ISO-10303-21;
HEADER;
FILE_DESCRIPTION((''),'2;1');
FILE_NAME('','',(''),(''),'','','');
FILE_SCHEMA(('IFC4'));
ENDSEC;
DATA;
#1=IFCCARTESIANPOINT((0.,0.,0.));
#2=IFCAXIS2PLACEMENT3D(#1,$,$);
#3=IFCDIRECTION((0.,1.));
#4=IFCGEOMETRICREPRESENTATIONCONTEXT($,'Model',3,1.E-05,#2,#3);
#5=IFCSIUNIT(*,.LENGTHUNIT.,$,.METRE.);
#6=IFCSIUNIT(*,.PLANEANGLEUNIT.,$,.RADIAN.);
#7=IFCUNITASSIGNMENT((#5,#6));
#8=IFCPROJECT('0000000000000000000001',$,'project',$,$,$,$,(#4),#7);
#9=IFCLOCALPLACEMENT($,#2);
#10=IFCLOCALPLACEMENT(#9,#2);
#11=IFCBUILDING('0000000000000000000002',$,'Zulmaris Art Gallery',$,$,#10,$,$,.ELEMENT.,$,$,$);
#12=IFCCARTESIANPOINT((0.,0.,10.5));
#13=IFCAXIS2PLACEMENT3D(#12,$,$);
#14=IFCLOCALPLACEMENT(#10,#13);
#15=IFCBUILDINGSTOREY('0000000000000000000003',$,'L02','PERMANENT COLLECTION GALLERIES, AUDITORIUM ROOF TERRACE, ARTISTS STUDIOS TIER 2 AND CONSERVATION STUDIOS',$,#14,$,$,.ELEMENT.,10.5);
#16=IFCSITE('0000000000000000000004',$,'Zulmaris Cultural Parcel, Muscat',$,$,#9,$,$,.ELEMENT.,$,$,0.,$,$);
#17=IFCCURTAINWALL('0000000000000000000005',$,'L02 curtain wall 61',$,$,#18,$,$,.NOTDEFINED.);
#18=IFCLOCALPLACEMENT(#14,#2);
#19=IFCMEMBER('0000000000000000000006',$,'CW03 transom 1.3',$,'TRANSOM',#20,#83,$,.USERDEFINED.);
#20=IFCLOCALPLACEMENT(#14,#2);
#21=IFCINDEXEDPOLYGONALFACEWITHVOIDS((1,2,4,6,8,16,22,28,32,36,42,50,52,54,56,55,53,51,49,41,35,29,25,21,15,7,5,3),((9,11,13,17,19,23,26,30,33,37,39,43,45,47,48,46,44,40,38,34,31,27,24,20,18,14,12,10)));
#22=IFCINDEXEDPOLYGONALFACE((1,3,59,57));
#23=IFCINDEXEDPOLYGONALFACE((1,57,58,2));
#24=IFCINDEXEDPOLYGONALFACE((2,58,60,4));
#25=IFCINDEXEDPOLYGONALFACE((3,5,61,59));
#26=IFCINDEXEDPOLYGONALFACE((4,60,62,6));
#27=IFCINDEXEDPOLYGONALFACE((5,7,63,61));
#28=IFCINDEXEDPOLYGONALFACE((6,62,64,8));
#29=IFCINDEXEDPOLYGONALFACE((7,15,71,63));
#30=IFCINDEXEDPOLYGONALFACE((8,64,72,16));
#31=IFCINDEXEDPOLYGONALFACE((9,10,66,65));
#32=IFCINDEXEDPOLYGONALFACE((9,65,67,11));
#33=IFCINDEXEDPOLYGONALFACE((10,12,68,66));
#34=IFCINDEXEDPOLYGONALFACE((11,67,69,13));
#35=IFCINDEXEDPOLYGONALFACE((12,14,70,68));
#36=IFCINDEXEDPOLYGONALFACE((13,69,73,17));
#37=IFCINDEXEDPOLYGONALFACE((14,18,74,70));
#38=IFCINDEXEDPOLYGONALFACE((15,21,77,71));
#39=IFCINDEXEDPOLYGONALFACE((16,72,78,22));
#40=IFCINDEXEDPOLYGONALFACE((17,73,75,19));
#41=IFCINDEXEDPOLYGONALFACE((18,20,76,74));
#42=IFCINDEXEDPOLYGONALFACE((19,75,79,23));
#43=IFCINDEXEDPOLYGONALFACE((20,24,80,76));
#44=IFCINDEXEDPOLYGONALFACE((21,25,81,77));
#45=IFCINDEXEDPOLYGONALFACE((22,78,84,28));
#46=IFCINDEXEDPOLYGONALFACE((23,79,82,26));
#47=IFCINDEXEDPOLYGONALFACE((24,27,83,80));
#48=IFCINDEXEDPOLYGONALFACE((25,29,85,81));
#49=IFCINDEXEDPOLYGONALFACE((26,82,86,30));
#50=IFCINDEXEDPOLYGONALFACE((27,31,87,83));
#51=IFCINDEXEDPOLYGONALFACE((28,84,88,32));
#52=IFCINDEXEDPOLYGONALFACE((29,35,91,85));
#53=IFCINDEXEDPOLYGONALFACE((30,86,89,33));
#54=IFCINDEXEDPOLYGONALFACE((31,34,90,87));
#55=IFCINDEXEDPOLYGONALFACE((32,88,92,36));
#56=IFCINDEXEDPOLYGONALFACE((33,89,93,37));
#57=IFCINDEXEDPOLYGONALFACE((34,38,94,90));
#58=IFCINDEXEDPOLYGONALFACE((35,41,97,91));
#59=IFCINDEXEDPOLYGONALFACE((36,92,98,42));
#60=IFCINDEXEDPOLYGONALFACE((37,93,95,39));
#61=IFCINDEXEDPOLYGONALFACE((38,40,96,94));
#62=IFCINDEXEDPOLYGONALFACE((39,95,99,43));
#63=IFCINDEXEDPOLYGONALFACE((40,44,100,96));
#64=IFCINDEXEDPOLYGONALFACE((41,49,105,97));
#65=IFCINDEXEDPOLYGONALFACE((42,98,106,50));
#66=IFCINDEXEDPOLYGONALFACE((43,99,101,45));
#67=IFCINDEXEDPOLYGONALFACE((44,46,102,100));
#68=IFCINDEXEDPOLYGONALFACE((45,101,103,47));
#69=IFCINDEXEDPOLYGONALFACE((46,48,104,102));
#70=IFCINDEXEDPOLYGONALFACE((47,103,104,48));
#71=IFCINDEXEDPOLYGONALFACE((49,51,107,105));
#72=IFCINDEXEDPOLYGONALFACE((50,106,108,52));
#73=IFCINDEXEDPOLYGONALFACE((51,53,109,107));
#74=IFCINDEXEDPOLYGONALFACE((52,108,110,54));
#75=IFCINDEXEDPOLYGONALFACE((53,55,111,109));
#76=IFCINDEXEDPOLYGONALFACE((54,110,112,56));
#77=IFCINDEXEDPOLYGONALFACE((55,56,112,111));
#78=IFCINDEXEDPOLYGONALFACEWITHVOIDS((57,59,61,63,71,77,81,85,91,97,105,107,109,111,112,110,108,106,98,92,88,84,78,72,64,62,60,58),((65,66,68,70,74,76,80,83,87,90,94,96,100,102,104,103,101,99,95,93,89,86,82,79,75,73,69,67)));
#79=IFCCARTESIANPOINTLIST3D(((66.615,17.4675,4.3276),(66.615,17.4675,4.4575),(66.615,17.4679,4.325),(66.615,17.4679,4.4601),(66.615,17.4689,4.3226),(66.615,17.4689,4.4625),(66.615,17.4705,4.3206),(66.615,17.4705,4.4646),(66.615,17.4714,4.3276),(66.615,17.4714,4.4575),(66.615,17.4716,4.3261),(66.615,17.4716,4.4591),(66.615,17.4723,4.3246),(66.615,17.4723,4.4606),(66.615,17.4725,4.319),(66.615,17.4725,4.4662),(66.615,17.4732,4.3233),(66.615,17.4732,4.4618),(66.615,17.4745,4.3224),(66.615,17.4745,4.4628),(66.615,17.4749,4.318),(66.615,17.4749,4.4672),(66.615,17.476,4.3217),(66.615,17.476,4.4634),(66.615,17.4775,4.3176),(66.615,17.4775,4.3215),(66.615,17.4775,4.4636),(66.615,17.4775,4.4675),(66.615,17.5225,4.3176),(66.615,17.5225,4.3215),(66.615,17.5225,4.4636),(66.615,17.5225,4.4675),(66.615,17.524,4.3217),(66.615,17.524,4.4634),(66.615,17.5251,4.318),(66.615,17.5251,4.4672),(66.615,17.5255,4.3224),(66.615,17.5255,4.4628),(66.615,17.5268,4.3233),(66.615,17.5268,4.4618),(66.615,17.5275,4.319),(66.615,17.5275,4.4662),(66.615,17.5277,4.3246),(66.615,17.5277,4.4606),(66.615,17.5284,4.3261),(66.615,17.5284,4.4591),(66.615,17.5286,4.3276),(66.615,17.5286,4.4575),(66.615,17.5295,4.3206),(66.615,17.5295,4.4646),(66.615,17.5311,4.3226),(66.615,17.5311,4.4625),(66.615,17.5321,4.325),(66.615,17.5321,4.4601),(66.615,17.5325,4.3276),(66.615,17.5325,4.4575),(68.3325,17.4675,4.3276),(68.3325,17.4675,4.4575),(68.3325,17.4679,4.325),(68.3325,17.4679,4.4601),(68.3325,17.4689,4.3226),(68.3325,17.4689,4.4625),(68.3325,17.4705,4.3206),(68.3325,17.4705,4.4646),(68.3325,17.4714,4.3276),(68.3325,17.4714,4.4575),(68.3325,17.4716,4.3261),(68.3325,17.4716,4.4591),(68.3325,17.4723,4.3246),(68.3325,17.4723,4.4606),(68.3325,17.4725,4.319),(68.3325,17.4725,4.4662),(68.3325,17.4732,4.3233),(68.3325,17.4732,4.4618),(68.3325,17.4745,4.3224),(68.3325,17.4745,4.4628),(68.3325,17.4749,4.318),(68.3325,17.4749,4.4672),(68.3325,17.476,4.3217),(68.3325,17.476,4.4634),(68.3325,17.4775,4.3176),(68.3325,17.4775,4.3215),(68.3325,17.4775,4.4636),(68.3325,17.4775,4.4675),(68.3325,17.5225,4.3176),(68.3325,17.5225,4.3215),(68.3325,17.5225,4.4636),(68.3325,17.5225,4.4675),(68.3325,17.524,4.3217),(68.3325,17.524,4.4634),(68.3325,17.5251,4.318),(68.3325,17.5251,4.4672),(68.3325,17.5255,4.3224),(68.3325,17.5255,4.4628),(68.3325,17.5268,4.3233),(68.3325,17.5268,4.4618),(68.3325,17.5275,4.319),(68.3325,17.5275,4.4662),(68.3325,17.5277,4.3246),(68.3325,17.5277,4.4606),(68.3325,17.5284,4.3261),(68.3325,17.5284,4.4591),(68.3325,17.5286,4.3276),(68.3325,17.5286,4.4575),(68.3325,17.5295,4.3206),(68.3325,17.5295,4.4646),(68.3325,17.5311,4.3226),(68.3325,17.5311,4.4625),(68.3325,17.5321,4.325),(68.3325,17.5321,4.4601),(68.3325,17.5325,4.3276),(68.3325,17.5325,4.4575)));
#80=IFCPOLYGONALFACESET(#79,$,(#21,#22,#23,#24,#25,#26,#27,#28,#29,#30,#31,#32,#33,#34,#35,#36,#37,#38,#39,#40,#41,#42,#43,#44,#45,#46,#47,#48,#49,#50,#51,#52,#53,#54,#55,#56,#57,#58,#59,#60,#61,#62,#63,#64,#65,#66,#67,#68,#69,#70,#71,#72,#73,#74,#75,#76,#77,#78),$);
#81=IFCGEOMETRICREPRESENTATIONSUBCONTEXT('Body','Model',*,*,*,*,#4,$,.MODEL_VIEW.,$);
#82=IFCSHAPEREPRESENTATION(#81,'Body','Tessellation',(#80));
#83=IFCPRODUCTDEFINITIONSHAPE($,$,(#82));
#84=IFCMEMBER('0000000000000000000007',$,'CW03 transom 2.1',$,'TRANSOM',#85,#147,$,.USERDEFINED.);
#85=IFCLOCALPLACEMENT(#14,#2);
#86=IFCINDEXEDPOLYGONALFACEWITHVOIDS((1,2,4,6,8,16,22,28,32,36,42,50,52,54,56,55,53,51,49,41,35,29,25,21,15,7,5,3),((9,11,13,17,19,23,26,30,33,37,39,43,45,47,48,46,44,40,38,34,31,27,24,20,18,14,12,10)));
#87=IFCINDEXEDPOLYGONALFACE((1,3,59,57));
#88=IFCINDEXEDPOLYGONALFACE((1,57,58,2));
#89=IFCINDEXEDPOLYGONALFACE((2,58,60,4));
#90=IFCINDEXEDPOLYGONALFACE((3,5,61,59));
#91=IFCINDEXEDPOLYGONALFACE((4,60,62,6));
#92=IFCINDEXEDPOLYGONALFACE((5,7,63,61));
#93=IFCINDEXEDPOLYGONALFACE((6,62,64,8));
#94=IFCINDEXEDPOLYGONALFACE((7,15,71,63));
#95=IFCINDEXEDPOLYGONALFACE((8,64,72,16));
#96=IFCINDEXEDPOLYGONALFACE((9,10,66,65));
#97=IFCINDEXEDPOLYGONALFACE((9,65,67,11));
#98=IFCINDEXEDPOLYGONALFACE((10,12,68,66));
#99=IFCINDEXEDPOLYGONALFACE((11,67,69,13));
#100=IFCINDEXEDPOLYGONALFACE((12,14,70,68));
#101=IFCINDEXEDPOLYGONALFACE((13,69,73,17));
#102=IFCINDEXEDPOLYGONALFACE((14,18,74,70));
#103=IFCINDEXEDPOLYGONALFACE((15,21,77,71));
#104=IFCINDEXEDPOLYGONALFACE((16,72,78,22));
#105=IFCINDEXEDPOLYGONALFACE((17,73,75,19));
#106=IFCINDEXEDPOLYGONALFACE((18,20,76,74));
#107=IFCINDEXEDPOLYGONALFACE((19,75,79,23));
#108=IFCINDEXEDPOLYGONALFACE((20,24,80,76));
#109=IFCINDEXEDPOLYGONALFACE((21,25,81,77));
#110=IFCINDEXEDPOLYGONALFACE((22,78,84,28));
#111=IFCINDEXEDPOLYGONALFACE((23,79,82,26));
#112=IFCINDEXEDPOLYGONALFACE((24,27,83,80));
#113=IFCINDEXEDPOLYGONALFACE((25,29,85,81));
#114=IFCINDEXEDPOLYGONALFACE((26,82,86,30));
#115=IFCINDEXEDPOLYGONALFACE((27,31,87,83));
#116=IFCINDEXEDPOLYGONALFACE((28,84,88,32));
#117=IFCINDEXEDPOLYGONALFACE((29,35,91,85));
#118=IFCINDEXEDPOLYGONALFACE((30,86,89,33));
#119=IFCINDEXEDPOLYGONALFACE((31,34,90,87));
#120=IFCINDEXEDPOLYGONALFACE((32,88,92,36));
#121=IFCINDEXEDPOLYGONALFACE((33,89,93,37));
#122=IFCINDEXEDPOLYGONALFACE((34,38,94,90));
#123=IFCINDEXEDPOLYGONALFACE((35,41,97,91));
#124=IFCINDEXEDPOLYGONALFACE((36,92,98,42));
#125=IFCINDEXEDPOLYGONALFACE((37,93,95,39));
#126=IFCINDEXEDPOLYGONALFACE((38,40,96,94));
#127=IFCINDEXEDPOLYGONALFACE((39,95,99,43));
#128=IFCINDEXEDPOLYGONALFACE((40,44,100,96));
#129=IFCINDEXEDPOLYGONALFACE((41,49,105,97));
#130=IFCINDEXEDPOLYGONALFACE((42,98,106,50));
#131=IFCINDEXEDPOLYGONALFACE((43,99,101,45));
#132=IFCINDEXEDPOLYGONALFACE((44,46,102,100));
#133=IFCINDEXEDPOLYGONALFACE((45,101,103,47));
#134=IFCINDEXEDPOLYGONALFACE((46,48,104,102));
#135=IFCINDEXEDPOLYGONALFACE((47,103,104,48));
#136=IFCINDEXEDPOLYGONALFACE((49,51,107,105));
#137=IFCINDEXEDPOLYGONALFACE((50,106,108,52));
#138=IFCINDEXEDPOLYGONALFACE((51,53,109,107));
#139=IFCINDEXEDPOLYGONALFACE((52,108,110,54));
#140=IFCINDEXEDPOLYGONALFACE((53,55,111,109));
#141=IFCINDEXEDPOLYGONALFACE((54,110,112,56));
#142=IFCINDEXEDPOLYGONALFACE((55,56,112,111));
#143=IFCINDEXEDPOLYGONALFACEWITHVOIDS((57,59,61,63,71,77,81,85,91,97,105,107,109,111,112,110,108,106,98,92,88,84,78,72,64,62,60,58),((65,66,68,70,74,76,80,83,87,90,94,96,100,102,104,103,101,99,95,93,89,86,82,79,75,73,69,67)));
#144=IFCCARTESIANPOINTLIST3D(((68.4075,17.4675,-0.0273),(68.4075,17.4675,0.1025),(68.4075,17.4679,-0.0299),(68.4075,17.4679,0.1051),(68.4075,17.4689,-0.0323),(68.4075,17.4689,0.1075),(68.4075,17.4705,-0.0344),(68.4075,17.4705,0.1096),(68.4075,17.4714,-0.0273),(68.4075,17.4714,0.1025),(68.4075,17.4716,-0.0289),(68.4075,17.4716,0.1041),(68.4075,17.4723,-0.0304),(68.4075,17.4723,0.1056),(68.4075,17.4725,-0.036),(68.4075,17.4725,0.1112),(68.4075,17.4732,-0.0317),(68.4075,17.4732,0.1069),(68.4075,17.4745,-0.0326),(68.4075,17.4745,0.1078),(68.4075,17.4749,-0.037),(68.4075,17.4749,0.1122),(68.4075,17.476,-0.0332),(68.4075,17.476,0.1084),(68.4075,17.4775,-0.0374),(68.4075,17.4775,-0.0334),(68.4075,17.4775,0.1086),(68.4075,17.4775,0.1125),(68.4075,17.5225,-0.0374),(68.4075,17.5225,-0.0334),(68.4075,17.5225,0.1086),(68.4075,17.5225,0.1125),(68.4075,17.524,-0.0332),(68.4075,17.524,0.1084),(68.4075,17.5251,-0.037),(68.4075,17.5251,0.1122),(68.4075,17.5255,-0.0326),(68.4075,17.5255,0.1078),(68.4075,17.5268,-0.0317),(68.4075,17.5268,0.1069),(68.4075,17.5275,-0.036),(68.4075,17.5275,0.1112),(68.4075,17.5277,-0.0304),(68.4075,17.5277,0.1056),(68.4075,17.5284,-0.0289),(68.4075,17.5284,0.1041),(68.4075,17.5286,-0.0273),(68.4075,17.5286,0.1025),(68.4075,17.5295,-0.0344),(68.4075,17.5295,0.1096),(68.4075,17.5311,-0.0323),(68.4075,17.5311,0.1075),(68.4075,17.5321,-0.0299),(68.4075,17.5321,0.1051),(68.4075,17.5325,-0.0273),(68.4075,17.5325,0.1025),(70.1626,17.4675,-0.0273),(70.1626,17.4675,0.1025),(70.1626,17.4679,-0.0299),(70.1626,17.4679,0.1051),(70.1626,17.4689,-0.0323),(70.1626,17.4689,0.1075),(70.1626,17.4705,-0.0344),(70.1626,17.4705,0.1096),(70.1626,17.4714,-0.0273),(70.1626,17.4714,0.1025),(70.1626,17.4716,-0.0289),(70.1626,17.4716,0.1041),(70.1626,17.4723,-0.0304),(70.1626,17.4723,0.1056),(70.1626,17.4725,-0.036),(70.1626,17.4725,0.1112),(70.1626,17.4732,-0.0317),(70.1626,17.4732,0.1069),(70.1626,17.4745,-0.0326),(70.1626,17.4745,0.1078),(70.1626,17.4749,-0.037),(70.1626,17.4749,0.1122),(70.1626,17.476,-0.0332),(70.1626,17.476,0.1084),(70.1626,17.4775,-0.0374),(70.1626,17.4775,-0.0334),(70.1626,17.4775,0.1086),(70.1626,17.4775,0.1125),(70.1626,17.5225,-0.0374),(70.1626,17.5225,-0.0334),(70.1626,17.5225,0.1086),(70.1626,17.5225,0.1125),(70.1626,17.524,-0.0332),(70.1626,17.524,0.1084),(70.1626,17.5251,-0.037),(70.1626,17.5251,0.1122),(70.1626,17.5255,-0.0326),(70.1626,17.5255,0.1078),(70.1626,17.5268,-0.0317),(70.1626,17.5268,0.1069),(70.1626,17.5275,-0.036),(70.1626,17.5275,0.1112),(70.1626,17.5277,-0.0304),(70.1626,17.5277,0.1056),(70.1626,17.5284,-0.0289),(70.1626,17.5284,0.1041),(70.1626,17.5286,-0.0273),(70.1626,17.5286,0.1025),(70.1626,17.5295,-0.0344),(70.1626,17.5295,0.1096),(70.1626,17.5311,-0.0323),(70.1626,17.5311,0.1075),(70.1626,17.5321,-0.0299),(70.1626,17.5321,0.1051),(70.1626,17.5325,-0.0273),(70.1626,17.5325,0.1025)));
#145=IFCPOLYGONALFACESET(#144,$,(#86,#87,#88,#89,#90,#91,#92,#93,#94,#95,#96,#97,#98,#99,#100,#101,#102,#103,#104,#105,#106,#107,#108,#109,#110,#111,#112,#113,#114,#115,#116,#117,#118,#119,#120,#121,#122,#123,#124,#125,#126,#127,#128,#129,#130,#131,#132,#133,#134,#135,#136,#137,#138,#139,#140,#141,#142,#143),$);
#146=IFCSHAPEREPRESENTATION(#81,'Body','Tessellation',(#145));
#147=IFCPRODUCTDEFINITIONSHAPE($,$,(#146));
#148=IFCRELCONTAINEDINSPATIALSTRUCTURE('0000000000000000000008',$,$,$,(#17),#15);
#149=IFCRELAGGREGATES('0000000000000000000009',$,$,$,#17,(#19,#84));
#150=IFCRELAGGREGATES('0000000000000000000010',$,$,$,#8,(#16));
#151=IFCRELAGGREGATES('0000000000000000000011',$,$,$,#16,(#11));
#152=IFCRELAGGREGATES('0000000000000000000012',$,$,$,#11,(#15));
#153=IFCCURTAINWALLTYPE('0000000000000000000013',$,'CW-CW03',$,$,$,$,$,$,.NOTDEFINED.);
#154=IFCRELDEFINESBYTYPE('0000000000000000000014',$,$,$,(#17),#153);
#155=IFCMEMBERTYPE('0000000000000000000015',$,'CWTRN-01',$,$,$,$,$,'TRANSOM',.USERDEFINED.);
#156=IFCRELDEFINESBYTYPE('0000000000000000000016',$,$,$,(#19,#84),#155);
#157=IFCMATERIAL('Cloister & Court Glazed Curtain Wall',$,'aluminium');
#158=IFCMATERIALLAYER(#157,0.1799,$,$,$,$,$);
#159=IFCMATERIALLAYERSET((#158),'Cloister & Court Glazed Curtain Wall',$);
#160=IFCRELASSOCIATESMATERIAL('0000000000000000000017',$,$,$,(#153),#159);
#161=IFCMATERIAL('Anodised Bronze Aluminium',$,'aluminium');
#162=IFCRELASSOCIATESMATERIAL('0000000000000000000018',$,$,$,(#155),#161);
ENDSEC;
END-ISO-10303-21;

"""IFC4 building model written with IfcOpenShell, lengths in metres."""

from ifc_helpers import new_model, si_unit, direction, frame, origin, origin_2d, place, context, subcontext, project, spatial, hollow_rectangle, extrude, material, layer, layer_set, material_profile, profile_set, type_object, element, aggregate, save


model = new_model("IFC4")

# Units and contexts
model_context = context("Model", 3, precision=1e-05, world=origin(), true_north=direction((0.0, 1.0)))
body_context = subcontext(model_context, "Body", "Model", "MODEL_VIEW")
ifc_project = project(units=[si_unit("LENGTHUNIT", "METRE"), si_unit("PLANEANGLEUNIT", "RADIAN")], contexts=[model_context])

# Site, building, storey
site_placement = place(None, origin())
site = spatial("IfcSite", under=ifc_project, at=site_placement, Name="Zulmaris Cultural Parcel, Muscat", CompositionType="ELEMENT", RefElevation=0.0)
building_placement = place(site_placement, origin())
building = spatial("IfcBuilding", under=site, at=building_placement, Name="Zulmaris Art Gallery", CompositionType="ELEMENT")
storey_placement = place(building_placement, frame((0.0, 0.0, 10.5)))
storey = spatial("IfcBuildingStorey", under=building, at=storey_placement, Name="L02", Description="PERMANENT COLLECTION GALLERIES, AUDITORIUM ROOF TERRACE, ARTISTS STUDIOS TIER 2 AND CONSERVATION STUDIOS", CompositionType="ELEMENT", Elevation=10.5)

# Curtain wall
ifc_material_1 = material(Name="Cloister & Court Glazed Curtain Wall", Category="aluminium")
ifc_layer_1 = layer(ifc_material_1, 0.1799)
ifc_layer_set_1 = layer_set([ifc_layer_1], Name="Cloister & Court Glazed Curtain Wall")
curtain_wall_type = type_object("IfcCurtainWallType", Name="CW-CW03", PredefinedType="NOTDEFINED", material=ifc_layer_set_1)
ifc_material_2 = material(Name="Anodised Bronze Aluminium", Category="aluminium")
curtain_wall_1_placement = place(storey_placement, origin())
curtain_wall_1 = element("IfcCurtainWall", 1, at=curtain_wall_1_placement, inside=storey, type_object=curtain_wall_type, Name="L02 curtain wall 61", PredefinedType="NOTDEFINED")

# Members
ifc_material_profile_1 = material_profile(ifc_material_2, hollow_rectangle(XDim=0.0649, YDim=0.1499, WallThickness=0.0039, InnerFilletRadius=0.0061, OuterFilletRadius=0.01, at=origin_2d()), Name="ALU 65x150x4")
ifc_profile_set_1 = profile_set([ifc_material_profile_1], Name="Anodised Bronze Aluminium")
member_type_1 = type_object("IfcMemberType", Name="CWTRN-01", ElementType="TRANSOM", PredefinedType="USERDEFINED", material=ifc_profile_set_1)
member_1_placement = place(storey_placement, frame((66.615, 17.5, 4.3926), z_axis=(1.0, 0.0, 0.0), x_axis=(0.0, 1.0, 0.0)))
member_1 = element("IfcMember", 2, at=member_1_placement, type_object=member_type_1, Name="CW03 transom 1.3", ObjectType="TRANSOM", PredefinedType="USERDEFINED", context=body_context, shape_type="SweptSolid", body=[
    extrude(hollow_rectangle(XDim=0.0649, YDim=0.1499, WallThickness=0.0039, InnerFilletRadius=0.0061, OuterFilletRadius=0.01, at=origin_2d()), origin(), (0.0, 0.0, 1.0), 1.7175),
])
member_2_placement = place(storey_placement, frame((68.4075, 17.5, 0.0376), z_axis=(1.0, 0.0, 0.0), x_axis=(0.0, 1.0, 0.0)))
member_2 = element("IfcMember", 3, at=member_2_placement, type_object=member_type_1, Name="CW03 transom 2.1", ObjectType="TRANSOM", PredefinedType="USERDEFINED", context=body_context, shape_type="SweptSolid", body=[
    extrude(hollow_rectangle(XDim=0.0649, YDim=0.1499, WallThickness=0.0039, InnerFilletRadius=0.0061, OuterFilletRadius=0.01, at=origin_2d()), origin(), (0.0, 0.0, 1.0), 1.7551),
])

aggregate(curtain_wall_1, [member_1, member_2])

save(model, "model.ifc")
